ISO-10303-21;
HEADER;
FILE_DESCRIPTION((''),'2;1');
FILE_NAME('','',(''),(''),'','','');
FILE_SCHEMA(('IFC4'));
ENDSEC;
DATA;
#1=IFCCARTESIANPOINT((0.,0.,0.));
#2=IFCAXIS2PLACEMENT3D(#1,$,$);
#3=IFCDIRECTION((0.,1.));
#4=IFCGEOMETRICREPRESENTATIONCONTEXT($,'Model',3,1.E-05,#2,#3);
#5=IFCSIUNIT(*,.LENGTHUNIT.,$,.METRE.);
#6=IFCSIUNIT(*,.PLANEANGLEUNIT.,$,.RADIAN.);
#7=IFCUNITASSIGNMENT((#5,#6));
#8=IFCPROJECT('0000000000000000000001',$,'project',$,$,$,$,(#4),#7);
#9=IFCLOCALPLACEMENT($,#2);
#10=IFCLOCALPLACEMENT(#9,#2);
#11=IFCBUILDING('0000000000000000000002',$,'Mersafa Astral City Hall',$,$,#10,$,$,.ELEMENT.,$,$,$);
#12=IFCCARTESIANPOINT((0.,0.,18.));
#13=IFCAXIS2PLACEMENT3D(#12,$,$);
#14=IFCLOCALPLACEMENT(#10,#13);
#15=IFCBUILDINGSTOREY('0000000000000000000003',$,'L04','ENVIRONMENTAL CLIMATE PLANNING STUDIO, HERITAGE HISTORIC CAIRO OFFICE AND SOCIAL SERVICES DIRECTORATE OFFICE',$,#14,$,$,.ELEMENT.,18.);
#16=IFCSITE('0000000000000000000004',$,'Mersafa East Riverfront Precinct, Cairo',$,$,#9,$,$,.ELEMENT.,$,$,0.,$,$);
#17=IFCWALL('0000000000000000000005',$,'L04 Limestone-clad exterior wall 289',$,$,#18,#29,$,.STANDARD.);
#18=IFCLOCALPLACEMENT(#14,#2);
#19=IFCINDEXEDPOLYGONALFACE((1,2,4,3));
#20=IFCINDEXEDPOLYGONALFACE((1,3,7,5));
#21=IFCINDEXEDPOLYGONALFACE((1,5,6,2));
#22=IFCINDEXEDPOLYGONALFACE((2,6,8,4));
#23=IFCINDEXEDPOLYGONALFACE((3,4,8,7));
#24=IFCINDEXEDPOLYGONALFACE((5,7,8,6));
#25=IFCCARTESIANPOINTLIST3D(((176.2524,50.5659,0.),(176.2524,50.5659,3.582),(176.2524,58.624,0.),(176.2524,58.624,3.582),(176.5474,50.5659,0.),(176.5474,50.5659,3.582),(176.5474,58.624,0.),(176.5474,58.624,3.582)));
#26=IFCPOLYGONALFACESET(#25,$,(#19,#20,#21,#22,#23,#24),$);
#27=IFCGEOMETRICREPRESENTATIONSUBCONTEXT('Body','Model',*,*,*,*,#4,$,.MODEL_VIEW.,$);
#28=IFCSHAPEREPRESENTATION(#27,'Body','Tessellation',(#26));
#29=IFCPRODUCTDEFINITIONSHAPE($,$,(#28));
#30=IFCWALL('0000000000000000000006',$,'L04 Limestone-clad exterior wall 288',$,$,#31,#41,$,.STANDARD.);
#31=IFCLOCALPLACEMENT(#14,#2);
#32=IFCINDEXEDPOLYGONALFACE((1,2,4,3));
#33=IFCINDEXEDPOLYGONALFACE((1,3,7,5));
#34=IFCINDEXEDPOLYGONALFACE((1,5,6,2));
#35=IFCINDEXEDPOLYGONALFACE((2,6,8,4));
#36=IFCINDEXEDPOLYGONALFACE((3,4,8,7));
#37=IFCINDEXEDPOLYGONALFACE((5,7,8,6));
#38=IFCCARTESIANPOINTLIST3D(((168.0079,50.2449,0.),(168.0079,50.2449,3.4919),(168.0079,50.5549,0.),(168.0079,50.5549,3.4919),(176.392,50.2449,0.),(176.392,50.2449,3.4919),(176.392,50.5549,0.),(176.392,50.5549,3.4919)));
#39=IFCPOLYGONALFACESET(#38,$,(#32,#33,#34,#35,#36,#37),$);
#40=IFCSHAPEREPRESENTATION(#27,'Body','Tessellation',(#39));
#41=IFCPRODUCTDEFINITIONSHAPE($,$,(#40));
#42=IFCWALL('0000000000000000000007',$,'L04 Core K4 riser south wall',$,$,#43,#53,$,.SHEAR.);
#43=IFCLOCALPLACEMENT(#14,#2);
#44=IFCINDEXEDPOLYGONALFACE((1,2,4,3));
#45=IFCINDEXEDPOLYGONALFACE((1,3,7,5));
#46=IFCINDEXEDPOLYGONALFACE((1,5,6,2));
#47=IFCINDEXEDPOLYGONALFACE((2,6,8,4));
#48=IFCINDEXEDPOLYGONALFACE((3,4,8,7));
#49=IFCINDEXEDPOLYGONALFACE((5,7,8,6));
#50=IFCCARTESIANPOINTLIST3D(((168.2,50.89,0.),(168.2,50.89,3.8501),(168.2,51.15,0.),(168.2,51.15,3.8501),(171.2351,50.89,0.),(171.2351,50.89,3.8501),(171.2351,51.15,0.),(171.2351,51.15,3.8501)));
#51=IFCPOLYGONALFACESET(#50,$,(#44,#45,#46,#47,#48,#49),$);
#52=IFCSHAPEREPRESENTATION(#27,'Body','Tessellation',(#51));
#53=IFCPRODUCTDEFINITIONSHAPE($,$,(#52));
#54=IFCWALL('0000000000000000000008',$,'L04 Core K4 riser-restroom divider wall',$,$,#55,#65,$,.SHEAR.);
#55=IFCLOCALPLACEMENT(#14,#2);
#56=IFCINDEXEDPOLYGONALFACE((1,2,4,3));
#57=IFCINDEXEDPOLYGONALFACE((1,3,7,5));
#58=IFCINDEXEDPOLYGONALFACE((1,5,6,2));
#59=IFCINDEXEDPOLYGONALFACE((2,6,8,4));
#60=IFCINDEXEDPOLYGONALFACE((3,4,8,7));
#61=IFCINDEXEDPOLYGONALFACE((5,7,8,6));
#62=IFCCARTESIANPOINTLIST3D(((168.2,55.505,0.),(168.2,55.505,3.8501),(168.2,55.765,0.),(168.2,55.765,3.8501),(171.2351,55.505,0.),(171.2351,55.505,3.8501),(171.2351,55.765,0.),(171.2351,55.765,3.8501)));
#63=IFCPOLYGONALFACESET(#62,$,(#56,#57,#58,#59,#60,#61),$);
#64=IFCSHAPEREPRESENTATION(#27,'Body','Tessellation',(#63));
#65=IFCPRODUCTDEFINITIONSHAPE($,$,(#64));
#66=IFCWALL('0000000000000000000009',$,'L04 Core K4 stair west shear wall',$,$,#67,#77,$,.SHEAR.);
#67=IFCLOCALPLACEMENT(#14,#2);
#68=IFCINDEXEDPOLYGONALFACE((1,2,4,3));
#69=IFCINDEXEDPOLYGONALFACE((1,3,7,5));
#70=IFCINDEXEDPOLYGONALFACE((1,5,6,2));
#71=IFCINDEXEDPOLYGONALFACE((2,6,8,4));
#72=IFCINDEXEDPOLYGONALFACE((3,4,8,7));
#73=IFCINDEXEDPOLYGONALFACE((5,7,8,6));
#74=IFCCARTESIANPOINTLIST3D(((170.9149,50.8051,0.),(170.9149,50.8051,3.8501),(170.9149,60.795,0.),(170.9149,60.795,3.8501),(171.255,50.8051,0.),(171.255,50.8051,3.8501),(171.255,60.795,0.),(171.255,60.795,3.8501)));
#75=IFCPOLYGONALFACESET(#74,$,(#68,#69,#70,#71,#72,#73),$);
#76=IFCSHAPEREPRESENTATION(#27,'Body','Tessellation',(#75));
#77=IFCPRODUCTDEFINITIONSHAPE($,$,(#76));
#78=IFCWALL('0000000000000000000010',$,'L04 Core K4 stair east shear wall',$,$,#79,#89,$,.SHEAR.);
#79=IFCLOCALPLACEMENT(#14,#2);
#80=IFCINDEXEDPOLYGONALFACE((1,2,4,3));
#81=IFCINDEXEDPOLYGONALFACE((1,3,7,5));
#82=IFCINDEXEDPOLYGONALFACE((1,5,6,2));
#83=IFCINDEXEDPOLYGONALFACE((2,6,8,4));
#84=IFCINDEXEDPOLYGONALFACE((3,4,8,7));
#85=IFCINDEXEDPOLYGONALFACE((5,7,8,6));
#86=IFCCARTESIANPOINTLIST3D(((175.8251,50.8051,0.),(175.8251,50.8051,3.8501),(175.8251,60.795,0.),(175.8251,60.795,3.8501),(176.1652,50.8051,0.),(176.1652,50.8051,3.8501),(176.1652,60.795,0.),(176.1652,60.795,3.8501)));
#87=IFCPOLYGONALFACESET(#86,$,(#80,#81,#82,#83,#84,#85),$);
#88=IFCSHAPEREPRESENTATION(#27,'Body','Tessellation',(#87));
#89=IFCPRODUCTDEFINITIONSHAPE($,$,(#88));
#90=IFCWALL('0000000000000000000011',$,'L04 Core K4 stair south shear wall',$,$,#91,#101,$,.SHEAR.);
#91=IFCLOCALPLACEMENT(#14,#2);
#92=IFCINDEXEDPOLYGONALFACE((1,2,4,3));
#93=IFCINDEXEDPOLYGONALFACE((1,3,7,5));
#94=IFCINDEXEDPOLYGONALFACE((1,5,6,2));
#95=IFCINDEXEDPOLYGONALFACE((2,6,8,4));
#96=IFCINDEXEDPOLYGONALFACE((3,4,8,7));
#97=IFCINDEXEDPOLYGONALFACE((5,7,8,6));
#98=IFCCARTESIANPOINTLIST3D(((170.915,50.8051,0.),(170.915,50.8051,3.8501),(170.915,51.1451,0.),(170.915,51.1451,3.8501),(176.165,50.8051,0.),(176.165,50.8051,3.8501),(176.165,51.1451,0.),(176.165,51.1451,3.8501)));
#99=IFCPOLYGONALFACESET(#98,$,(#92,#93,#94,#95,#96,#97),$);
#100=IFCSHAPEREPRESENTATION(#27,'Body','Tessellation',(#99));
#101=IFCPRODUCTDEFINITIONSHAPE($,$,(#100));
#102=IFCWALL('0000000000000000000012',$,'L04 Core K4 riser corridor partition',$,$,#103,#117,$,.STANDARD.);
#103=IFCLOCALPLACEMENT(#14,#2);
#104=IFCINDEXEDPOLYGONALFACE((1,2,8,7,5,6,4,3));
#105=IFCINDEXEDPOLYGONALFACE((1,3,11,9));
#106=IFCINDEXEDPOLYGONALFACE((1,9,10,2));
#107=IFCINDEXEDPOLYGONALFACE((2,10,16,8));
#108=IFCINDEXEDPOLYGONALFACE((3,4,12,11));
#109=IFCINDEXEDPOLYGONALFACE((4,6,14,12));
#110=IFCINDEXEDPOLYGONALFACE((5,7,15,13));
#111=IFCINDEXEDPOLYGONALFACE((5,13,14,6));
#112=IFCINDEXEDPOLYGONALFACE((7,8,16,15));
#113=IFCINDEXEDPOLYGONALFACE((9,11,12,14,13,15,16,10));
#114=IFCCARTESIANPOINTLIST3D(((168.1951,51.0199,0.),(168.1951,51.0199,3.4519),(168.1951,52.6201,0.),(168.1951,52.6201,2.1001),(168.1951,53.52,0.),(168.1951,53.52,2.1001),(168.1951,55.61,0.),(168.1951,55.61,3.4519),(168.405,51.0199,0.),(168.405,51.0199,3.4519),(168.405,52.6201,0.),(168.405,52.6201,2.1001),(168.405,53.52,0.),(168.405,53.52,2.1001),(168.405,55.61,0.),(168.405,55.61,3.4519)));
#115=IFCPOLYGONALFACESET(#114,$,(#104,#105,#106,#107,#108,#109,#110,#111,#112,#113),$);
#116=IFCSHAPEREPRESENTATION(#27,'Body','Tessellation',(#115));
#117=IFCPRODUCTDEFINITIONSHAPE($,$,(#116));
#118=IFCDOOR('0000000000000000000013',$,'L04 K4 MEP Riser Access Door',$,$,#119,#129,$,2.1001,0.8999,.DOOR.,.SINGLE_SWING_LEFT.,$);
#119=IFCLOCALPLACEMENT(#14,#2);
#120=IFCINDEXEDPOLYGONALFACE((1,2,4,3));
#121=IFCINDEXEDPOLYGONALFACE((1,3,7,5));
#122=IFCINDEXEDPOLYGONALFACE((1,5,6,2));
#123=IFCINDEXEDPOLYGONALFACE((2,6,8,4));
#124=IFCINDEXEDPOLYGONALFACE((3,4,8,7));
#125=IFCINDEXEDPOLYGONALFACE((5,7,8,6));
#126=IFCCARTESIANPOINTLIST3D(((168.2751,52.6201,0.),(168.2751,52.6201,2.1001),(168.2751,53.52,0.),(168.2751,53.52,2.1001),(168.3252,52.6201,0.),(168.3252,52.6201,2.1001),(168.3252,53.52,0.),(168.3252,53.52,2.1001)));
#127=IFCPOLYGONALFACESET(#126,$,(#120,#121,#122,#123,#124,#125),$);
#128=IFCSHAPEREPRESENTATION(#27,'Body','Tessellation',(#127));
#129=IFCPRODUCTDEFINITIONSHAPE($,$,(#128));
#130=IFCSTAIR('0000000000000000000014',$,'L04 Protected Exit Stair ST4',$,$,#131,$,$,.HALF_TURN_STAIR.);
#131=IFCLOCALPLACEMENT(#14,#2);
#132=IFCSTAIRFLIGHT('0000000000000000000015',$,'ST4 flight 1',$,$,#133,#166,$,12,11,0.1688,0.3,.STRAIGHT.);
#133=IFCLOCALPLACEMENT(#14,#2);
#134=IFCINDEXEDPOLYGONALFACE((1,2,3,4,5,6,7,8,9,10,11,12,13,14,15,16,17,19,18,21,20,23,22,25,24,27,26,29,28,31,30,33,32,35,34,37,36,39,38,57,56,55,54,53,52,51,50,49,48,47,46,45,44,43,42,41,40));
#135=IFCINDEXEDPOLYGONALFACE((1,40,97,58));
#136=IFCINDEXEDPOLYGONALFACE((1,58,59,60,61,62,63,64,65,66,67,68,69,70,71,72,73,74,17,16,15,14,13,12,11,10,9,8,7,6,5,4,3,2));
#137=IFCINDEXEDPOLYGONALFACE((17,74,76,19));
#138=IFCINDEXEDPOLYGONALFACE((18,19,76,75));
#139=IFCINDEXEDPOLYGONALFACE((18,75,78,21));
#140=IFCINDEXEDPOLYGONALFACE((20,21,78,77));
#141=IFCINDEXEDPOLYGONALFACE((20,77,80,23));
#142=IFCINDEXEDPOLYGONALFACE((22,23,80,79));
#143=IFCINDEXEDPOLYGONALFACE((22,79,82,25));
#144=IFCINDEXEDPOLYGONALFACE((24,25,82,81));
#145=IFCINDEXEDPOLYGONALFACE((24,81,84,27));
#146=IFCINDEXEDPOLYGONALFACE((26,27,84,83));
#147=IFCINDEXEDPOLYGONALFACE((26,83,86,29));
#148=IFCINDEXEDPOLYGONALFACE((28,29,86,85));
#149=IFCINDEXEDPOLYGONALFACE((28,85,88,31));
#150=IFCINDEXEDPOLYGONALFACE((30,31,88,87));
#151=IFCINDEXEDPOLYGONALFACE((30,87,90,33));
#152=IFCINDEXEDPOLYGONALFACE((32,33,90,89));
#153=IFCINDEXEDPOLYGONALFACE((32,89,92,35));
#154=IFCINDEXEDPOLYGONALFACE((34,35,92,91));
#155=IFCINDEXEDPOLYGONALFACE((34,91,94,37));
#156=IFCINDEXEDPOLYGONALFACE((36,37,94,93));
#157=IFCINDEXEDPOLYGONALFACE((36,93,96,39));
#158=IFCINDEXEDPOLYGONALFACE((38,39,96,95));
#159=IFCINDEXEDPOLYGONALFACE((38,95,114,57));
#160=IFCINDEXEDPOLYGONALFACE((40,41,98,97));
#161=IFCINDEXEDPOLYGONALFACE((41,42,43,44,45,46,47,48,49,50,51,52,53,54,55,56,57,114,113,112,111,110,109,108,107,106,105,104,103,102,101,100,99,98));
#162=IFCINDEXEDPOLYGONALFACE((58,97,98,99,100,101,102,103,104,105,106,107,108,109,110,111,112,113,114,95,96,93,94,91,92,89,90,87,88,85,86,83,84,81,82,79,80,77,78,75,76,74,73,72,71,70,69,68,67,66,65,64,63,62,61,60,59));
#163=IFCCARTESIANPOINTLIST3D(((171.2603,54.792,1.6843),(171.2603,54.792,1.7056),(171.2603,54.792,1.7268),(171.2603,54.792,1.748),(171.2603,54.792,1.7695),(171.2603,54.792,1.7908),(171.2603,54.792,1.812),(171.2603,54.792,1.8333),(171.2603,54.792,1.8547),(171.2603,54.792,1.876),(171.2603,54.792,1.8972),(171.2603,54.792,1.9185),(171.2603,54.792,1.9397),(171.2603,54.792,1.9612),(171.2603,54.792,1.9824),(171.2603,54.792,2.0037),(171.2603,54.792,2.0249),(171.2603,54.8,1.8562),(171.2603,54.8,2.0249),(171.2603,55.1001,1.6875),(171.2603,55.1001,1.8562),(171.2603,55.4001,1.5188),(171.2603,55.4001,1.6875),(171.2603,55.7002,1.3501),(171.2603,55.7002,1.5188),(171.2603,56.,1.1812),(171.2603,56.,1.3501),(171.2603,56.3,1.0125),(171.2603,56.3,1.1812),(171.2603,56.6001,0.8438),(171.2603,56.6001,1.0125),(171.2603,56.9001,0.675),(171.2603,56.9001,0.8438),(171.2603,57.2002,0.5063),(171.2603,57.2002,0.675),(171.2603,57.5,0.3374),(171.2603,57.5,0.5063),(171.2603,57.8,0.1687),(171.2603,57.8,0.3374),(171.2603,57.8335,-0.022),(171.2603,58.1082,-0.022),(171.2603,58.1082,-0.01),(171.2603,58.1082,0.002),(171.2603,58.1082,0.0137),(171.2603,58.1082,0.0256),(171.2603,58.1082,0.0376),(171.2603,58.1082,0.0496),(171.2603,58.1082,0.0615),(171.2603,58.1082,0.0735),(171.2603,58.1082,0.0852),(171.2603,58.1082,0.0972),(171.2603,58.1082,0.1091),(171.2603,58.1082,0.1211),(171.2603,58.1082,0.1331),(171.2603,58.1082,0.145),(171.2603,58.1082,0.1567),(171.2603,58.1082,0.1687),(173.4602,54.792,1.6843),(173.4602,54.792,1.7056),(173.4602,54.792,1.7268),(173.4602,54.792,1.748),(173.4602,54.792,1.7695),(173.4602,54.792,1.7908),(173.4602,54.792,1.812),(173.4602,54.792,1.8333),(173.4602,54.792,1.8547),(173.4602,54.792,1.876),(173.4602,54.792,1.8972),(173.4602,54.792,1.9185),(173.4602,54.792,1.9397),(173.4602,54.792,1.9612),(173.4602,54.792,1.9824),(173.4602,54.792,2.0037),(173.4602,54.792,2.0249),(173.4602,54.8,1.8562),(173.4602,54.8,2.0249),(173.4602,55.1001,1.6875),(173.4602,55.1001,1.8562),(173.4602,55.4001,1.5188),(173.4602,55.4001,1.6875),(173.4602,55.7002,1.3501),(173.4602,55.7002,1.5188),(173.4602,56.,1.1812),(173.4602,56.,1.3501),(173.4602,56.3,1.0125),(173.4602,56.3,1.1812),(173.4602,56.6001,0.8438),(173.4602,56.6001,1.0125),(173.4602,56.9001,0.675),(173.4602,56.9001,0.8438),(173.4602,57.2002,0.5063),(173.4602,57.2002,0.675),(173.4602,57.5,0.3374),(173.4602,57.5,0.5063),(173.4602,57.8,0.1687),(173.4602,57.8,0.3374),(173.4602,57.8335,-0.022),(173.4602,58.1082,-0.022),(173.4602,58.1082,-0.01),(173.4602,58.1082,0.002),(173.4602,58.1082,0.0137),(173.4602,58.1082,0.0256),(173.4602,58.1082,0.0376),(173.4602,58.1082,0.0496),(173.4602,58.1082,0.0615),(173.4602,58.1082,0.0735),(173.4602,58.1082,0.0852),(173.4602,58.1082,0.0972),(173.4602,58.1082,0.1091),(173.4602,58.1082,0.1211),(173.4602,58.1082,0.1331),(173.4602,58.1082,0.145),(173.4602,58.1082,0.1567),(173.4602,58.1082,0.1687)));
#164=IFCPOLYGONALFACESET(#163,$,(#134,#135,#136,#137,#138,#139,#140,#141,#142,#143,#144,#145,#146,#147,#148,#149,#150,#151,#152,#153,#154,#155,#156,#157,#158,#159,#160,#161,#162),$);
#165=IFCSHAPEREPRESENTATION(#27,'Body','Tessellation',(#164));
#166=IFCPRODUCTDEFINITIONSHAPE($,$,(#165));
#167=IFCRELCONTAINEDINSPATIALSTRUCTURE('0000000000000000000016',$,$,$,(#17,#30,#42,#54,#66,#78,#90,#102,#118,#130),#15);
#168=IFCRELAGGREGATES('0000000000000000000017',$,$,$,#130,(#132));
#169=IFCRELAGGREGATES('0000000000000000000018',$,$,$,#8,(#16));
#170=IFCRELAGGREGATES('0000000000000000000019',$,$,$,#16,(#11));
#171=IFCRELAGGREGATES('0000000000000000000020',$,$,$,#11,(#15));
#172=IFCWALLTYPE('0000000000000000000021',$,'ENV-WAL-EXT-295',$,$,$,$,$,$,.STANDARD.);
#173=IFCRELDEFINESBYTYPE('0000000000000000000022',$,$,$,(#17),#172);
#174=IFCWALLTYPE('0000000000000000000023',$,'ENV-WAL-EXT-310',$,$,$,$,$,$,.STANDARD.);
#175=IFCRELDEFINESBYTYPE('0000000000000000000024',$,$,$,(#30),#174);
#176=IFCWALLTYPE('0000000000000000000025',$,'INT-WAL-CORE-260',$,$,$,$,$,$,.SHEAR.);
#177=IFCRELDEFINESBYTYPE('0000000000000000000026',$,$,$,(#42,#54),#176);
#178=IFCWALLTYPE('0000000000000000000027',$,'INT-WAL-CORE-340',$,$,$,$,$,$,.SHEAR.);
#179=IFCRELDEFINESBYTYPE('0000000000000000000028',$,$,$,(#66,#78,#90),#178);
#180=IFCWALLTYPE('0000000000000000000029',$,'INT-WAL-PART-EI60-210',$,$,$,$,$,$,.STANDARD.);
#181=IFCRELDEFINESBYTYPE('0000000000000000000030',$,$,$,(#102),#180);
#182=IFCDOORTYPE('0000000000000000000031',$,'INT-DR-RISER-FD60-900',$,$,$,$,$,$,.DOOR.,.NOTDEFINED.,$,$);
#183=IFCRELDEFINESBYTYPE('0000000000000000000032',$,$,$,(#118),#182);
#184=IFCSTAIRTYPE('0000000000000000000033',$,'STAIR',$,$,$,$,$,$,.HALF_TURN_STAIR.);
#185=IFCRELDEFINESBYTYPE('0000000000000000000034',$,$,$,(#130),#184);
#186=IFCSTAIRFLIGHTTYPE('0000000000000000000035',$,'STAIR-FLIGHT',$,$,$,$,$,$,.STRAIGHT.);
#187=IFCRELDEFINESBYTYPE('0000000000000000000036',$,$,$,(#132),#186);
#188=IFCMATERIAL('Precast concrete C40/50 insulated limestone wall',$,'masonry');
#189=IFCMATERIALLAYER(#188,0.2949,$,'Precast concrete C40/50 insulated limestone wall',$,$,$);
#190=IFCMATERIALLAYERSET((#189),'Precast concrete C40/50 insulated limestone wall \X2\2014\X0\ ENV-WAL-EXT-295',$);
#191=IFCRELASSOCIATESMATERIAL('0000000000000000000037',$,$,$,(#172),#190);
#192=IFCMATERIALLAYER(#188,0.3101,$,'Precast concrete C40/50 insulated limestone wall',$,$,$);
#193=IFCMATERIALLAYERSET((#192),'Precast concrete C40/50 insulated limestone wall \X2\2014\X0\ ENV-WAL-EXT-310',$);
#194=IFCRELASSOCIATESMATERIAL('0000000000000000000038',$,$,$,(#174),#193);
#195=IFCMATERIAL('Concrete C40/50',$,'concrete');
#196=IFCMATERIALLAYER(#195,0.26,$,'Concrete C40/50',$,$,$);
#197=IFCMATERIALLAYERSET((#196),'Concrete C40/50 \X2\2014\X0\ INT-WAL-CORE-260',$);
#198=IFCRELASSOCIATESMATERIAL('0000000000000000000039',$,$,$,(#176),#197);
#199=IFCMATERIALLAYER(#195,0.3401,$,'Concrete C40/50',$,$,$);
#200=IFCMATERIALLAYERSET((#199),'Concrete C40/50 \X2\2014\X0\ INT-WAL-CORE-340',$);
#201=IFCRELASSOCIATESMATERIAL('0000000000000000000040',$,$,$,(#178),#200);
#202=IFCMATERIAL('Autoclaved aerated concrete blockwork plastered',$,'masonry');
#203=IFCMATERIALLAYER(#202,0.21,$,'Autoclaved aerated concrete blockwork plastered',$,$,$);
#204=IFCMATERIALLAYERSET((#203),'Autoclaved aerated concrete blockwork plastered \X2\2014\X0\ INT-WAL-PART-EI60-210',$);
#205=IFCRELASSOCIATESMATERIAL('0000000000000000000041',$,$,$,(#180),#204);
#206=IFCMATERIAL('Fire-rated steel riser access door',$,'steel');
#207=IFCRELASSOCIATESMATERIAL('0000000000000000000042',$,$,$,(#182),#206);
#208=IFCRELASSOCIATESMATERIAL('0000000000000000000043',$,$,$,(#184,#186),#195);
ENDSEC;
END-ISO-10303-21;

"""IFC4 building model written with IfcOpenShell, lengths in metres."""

from ifc_helpers import new_model, si_unit, direction, frame, frame_2d, origin, place, context, subcontext, project, spatial, polyline, rectangle, outline, extrude, material, layer, layer_set, type_object, element, fill, aggregate, save


model = new_model("IFC4")

# Units and contexts
model_context = context("Model", 3, precision=1e-05, world=origin(), true_north=direction((0.0, 1.0)))
body_context = subcontext(model_context, "Body", "Model", "MODEL_VIEW")
ifc_project = project(units=[si_unit("LENGTHUNIT", "METRE"), si_unit("PLANEANGLEUNIT", "RADIAN")], contexts=[model_context])

# Site, building, storey
site_placement = place(None, origin())
site = spatial("IfcSite", under=ifc_project, at=site_placement, Name="Mersafa East Riverfront Precinct, Cairo", CompositionType="ELEMENT", RefElevation=0.0)
building_placement = place(site_placement, origin())
building = spatial("IfcBuilding", under=site, at=building_placement, Name="Mersafa Astral City Hall", CompositionType="ELEMENT")
storey_placement = place(building_placement, frame((0.0, 0.0, 18.0)))
storey = spatial("IfcBuildingStorey", under=building, at=storey_placement, Name="L04", Description="ENVIRONMENTAL CLIMATE PLANNING STUDIO, HERITAGE HISTORIC CAIRO OFFICE AND SOCIAL SERVICES DIRECTORATE OFFICE", CompositionType="ELEMENT", Elevation=18.0)

# Walls
ifc_material_1 = material(Name="Precast concrete C40/50 insulated limestone wall", Category="masonry")
ifc_layer_1 = layer(ifc_material_1, 0.2949, Name="Precast concrete C40/50 insulated limestone wall")
ifc_layer_set_1 = layer_set([ifc_layer_1], Name="Precast concrete C40/50 insulated limestone wall — ENV-WAL-EXT-295")
wall_type_1 = type_object("IfcWallType", Name="ENV-WAL-EXT-295", PredefinedType="STANDARD", material=ifc_layer_set_1)
wall_1_placement = place(storey_placement, frame((176.3999, 50.5659, 0.0), z_axis=(0.0, 0.0, 1.0), x_axis=(0.0, 1.0, 0.0)))
element("IfcWall", 1, at=wall_1_placement, inside=storey, type_object=wall_type_1, Name="L04 Limestone-clad exterior wall 289", PredefinedType="STANDARD", context=body_context, shape_type="SweptSolid", body=[
    extrude(rectangle(XDim=8.0581, YDim=0.2949, at=frame_2d((4.0291, 0.0))), origin(), (0.0, 0.0, 1.0), 3.582),
])
ifc_layer_2 = layer(ifc_material_1, 0.3101, Name="Precast concrete C40/50 insulated limestone wall")
ifc_layer_set_2 = layer_set([ifc_layer_2], Name="Precast concrete C40/50 insulated limestone wall — ENV-WAL-EXT-310")
wall_type_2 = type_object("IfcWallType", Name="ENV-WAL-EXT-310", PredefinedType="STANDARD", material=ifc_layer_set_2)
wall_2_placement = place(storey_placement, frame((168.0081, 50.3999, 0.0), z_axis=(0.0, 0.0, 1.0), x_axis=(1.0, 0.0, 0.0)))
element("IfcWall", 2, at=wall_2_placement, inside=storey, type_object=wall_type_2, Name="L04 Limestone-clad exterior wall 288", PredefinedType="STANDARD", context=body_context, shape_type="SweptSolid", body=[
    extrude(rectangle(XDim=8.384, YDim=0.3101, at=frame_2d((4.1919, 0.0))), origin(), (0.0, 0.0, 1.0), 3.4919),
])
ifc_material_2 = material(Name="Concrete C40/50", Category="concrete")
ifc_layer_3 = layer(ifc_material_2, 0.26, Name="Concrete C40/50")
ifc_layer_set_3 = layer_set([ifc_layer_3], Name="Concrete C40/50 — INT-WAL-CORE-260")
wall_type_3 = type_object("IfcWallType", Name="INT-WAL-CORE-260", PredefinedType="SHEAR", material=ifc_layer_set_3)
for number, where, z_axis, x_axis, name in (
    (3, (168.2, 51.02, 0.0), (0.0, 0.0, 1.0), (1.0, 0.0, 0.0), "L04 Core K4 riser south wall"),
    (4, (168.2, 55.635, 0.0), (0.0, 0.0, 1.0), (1.0, 0.0, 0.0), "L04 Core K4 riser-restroom divider wall"),
):
    element("IfcWall", number, at=place(storey_placement, frame(where, z_axis=z_axis, x_axis=x_axis)), inside=storey, type_object=wall_type_3, Name=name, PredefinedType="SHEAR", context=body_context, shape_type="SweptSolid", body=[
        extrude(rectangle(XDim=3.0352, YDim=0.26, at=frame_2d((1.5176, 0.0))), origin(), (0.0, 0.0, 1.0), 3.8501),
    ])
ifc_layer_4 = layer(ifc_material_2, 0.3401, Name="Concrete C40/50")
ifc_layer_set_4 = layer_set([ifc_layer_4], Name="Concrete C40/50 — INT-WAL-CORE-340")
wall_type_4 = type_object("IfcWallType", Name="INT-WAL-CORE-340", PredefinedType="SHEAR", material=ifc_layer_set_4)
for number, where, z_axis, x_axis, name in (
    (5, (171.085, 50.8049, 0.0), (0.0, 0.0, 1.0), (0.0, 1.0, 0.0), "L04 Core K4 stair west shear wall"),
    (6, (175.9951, 50.8049, 0.0), (0.0, 0.0, 1.0), (0.0, 1.0, 0.0), "L04 Core K4 stair east shear wall"),
):
    element("IfcWall", number, at=place(storey_placement, frame(where, z_axis=z_axis, x_axis=x_axis)), inside=storey, type_object=wall_type_4, Name=name, PredefinedType="SHEAR", context=body_context, shape_type="SweptSolid", body=[
        extrude(rectangle(XDim=9.99, YDim=0.3401, at=frame_2d((4.9951, 0.0))), origin(), (0.0, 0.0, 1.0), 3.8501),
    ])
wall_3_placement = place(storey_placement, frame((170.915, 50.9751, 0.0), z_axis=(0.0, 0.0, 1.0), x_axis=(1.0, 0.0, 0.0)))
element("IfcWall", 7, at=wall_3_placement, inside=storey, type_object=wall_type_4, Name="L04 Core K4 stair south shear wall", PredefinedType="SHEAR", context=body_context, shape_type="SweptSolid", body=[
    extrude(rectangle(XDim=5.25, YDim=0.3401, at=frame_2d((2.625, 0.0))), origin(), (0.0, 0.0, 1.0), 3.8501),
])

# Wall, opening, door
ifc_material_3 = material(Name="Autoclaved aerated concrete blockwork plastered", Category="masonry")
ifc_layer_5 = layer(ifc_material_3, 0.21, Name="Autoclaved aerated concrete blockwork plastered")
ifc_layer_set_5 = layer_set([ifc_layer_5], Name="Autoclaved aerated concrete blockwork plastered — INT-WAL-PART-EI60-210")
wall_type_5 = type_object("IfcWallType", Name="INT-WAL-PART-EI60-210", PredefinedType="STANDARD", material=ifc_layer_set_5)
wall_4_placement = place(storey_placement, frame((168.3, 51.02, 0.0), z_axis=(0.0, 0.0, 1.0), x_axis=(0.0, 1.0, 0.0)))
wall_4 = element("IfcWall", 8, at=wall_4_placement, inside=storey, type_object=wall_type_5, Name="L04 Core K4 riser corridor partition", PredefinedType="STANDARD", context=body_context, shape_type="SweptSolid", body=[
    extrude(rectangle(XDim=4.5901, YDim=0.21, at=frame_2d((2.2949, 0.0))), origin(), (0.0, 0.0, 1.0), 3.4519),
])
opening_1_placement = place(wall_4_placement, frame((1.6001, 0.0, 0.0)))
opening_1 = element("IfcOpeningElement", 9, at=opening_1_placement, cuts=wall_4, PredefinedType="OPENING", context=body_context, shape_type="SweptSolid", body=[
    extrude(rectangle(XDim=0.8999, YDim=2.1001, at=frame_2d((0.45, 1.05))), frame((0.0, 0.115, 0.0), z_axis=(0.0, -1.0, 0.0), x_axis=(1.0, 0.0, 0.0)), (0.0, 0.0, 1.0), 0.23),
])
ifc_material_4 = material(Name="Fire-rated steel riser access door", Category="steel")
door_type_1 = type_object("IfcDoorType", Name="INT-DR-RISER-FD60-900", OperationType="NOTDEFINED", PredefinedType="DOOR", material=ifc_material_4)
door_1_placement = place(opening_1_placement, origin())
door_1 = element("IfcDoor", 10, at=door_1_placement, inside=storey, type_object=door_type_1, Name="L04 K4 MEP Riser Access Door", OperationType="SINGLE_SWING_LEFT", OverallHeight=2.1001, OverallWidth=0.8999, PredefinedType="DOOR", context=body_context, shape_type="SweptSolid", body=[
    extrude(rectangle(XDim=0.8999, YDim=2.1001, at=frame_2d((0.45, 1.05))), frame((0.0, 0.0249, 0.0), z_axis=(0.0, -1.0, 0.0), x_axis=(1.0, 0.0, 0.0)), (0.0, 0.0, 1.0), 0.05),
])
fill(opening_1, door_1)

# Stair, stair flight
stair_type = type_object("IfcStairType", Name="STAIR", PredefinedType="HALF_TURN_STAIR", material=ifc_material_2)
stair_placement = place(storey_placement, origin())
stair = element("IfcStair", 11, at=stair_placement, inside=storey, type_object=stair_type, Name="L04 Protected Exit Stair ST4", PredefinedType="HALF_TURN_STAIR")
stair_flight_type = type_object("IfcStairFlightType", Name="STAIR-FLIGHT", PredefinedType="STRAIGHT", material=ifc_material_2)
stair_flight_1_placement = place(storey_placement, frame((172.3601, 58.1001, 0.0), z_axis=(0.0, 0.0, 1.0), x_axis=(0.0, -1.0, 0.0)))
stair_flight_1 = element("IfcStairFlight", 12, at=stair_flight_1_placement, type_object=stair_flight_type, Name="ST4 flight 1", NumberOfRisers=12, NumberOfTreads=11, PredefinedType="STRAIGHT", RiserHeight=0.1688, TreadLength=0.3, context=body_context, shape_type="SweptSolid", body=[
    extrude(outline(polyline([(-0.0081, -0.022), (-0.0081, -0.01), (-0.0081, 0.002), (-0.0081, 0.0137), (-0.0081, 0.0256), (-0.0081, 0.0376), (-0.0081, 0.0496), (-0.0081, 0.0615), (-0.0081, 0.0735), (-0.0081, 0.0852), (-0.0081, 0.0972), (-0.0081, 0.1091), (-0.0081, 0.1211), (-0.0081, 0.1331), (-0.0081, 0.145), (-0.0081, 0.1567), (-0.0081, 0.1687), (0.3, 0.1687), (0.3, 0.3374), (0.6001, 0.3374), (0.6001, 0.5063), (0.8999, 0.5063), (0.8999, 0.675), (1.2, 0.675), (1.2, 0.8438), (1.5, 0.8438), (1.5, 1.0125), (1.8, 1.0125), (1.8, 1.1812), (2.1001, 1.1812), (2.1001, 1.3501), (2.3999, 1.3501), (2.3999, 1.5188), (2.7, 1.5188), (2.7, 1.6875), (3.0, 1.6875), (3.0, 1.8562), (3.3, 1.8562), (3.3, 2.0249), (3.3081, 2.0249), (3.3081, 2.0037), (3.3081, 1.9824), (3.3081, 1.9612), (3.3081, 1.9397), (3.3081, 1.9185), (3.3081, 1.8972), (3.3081, 1.876), (3.3081, 1.8547), (3.3081, 1.8333), (3.3081, 1.812), (3.3081, 1.7908), (3.3081, 1.7695), (3.3081, 1.748), (3.3081, 1.7268), (3.3081, 1.7056), (3.3081, 1.6843), (0.2666, -0.022), (-0.0081, -0.022)])), frame((0.0, 1.1001, 0.0), z_axis=(0.0, -1.0, 0.0), x_axis=(1.0, 0.0, 0.0)), (0.0, 0.0, 1.0), 2.2),
])
aggregate(stair, [stair_flight_1])

save(model, "model.ifc")
